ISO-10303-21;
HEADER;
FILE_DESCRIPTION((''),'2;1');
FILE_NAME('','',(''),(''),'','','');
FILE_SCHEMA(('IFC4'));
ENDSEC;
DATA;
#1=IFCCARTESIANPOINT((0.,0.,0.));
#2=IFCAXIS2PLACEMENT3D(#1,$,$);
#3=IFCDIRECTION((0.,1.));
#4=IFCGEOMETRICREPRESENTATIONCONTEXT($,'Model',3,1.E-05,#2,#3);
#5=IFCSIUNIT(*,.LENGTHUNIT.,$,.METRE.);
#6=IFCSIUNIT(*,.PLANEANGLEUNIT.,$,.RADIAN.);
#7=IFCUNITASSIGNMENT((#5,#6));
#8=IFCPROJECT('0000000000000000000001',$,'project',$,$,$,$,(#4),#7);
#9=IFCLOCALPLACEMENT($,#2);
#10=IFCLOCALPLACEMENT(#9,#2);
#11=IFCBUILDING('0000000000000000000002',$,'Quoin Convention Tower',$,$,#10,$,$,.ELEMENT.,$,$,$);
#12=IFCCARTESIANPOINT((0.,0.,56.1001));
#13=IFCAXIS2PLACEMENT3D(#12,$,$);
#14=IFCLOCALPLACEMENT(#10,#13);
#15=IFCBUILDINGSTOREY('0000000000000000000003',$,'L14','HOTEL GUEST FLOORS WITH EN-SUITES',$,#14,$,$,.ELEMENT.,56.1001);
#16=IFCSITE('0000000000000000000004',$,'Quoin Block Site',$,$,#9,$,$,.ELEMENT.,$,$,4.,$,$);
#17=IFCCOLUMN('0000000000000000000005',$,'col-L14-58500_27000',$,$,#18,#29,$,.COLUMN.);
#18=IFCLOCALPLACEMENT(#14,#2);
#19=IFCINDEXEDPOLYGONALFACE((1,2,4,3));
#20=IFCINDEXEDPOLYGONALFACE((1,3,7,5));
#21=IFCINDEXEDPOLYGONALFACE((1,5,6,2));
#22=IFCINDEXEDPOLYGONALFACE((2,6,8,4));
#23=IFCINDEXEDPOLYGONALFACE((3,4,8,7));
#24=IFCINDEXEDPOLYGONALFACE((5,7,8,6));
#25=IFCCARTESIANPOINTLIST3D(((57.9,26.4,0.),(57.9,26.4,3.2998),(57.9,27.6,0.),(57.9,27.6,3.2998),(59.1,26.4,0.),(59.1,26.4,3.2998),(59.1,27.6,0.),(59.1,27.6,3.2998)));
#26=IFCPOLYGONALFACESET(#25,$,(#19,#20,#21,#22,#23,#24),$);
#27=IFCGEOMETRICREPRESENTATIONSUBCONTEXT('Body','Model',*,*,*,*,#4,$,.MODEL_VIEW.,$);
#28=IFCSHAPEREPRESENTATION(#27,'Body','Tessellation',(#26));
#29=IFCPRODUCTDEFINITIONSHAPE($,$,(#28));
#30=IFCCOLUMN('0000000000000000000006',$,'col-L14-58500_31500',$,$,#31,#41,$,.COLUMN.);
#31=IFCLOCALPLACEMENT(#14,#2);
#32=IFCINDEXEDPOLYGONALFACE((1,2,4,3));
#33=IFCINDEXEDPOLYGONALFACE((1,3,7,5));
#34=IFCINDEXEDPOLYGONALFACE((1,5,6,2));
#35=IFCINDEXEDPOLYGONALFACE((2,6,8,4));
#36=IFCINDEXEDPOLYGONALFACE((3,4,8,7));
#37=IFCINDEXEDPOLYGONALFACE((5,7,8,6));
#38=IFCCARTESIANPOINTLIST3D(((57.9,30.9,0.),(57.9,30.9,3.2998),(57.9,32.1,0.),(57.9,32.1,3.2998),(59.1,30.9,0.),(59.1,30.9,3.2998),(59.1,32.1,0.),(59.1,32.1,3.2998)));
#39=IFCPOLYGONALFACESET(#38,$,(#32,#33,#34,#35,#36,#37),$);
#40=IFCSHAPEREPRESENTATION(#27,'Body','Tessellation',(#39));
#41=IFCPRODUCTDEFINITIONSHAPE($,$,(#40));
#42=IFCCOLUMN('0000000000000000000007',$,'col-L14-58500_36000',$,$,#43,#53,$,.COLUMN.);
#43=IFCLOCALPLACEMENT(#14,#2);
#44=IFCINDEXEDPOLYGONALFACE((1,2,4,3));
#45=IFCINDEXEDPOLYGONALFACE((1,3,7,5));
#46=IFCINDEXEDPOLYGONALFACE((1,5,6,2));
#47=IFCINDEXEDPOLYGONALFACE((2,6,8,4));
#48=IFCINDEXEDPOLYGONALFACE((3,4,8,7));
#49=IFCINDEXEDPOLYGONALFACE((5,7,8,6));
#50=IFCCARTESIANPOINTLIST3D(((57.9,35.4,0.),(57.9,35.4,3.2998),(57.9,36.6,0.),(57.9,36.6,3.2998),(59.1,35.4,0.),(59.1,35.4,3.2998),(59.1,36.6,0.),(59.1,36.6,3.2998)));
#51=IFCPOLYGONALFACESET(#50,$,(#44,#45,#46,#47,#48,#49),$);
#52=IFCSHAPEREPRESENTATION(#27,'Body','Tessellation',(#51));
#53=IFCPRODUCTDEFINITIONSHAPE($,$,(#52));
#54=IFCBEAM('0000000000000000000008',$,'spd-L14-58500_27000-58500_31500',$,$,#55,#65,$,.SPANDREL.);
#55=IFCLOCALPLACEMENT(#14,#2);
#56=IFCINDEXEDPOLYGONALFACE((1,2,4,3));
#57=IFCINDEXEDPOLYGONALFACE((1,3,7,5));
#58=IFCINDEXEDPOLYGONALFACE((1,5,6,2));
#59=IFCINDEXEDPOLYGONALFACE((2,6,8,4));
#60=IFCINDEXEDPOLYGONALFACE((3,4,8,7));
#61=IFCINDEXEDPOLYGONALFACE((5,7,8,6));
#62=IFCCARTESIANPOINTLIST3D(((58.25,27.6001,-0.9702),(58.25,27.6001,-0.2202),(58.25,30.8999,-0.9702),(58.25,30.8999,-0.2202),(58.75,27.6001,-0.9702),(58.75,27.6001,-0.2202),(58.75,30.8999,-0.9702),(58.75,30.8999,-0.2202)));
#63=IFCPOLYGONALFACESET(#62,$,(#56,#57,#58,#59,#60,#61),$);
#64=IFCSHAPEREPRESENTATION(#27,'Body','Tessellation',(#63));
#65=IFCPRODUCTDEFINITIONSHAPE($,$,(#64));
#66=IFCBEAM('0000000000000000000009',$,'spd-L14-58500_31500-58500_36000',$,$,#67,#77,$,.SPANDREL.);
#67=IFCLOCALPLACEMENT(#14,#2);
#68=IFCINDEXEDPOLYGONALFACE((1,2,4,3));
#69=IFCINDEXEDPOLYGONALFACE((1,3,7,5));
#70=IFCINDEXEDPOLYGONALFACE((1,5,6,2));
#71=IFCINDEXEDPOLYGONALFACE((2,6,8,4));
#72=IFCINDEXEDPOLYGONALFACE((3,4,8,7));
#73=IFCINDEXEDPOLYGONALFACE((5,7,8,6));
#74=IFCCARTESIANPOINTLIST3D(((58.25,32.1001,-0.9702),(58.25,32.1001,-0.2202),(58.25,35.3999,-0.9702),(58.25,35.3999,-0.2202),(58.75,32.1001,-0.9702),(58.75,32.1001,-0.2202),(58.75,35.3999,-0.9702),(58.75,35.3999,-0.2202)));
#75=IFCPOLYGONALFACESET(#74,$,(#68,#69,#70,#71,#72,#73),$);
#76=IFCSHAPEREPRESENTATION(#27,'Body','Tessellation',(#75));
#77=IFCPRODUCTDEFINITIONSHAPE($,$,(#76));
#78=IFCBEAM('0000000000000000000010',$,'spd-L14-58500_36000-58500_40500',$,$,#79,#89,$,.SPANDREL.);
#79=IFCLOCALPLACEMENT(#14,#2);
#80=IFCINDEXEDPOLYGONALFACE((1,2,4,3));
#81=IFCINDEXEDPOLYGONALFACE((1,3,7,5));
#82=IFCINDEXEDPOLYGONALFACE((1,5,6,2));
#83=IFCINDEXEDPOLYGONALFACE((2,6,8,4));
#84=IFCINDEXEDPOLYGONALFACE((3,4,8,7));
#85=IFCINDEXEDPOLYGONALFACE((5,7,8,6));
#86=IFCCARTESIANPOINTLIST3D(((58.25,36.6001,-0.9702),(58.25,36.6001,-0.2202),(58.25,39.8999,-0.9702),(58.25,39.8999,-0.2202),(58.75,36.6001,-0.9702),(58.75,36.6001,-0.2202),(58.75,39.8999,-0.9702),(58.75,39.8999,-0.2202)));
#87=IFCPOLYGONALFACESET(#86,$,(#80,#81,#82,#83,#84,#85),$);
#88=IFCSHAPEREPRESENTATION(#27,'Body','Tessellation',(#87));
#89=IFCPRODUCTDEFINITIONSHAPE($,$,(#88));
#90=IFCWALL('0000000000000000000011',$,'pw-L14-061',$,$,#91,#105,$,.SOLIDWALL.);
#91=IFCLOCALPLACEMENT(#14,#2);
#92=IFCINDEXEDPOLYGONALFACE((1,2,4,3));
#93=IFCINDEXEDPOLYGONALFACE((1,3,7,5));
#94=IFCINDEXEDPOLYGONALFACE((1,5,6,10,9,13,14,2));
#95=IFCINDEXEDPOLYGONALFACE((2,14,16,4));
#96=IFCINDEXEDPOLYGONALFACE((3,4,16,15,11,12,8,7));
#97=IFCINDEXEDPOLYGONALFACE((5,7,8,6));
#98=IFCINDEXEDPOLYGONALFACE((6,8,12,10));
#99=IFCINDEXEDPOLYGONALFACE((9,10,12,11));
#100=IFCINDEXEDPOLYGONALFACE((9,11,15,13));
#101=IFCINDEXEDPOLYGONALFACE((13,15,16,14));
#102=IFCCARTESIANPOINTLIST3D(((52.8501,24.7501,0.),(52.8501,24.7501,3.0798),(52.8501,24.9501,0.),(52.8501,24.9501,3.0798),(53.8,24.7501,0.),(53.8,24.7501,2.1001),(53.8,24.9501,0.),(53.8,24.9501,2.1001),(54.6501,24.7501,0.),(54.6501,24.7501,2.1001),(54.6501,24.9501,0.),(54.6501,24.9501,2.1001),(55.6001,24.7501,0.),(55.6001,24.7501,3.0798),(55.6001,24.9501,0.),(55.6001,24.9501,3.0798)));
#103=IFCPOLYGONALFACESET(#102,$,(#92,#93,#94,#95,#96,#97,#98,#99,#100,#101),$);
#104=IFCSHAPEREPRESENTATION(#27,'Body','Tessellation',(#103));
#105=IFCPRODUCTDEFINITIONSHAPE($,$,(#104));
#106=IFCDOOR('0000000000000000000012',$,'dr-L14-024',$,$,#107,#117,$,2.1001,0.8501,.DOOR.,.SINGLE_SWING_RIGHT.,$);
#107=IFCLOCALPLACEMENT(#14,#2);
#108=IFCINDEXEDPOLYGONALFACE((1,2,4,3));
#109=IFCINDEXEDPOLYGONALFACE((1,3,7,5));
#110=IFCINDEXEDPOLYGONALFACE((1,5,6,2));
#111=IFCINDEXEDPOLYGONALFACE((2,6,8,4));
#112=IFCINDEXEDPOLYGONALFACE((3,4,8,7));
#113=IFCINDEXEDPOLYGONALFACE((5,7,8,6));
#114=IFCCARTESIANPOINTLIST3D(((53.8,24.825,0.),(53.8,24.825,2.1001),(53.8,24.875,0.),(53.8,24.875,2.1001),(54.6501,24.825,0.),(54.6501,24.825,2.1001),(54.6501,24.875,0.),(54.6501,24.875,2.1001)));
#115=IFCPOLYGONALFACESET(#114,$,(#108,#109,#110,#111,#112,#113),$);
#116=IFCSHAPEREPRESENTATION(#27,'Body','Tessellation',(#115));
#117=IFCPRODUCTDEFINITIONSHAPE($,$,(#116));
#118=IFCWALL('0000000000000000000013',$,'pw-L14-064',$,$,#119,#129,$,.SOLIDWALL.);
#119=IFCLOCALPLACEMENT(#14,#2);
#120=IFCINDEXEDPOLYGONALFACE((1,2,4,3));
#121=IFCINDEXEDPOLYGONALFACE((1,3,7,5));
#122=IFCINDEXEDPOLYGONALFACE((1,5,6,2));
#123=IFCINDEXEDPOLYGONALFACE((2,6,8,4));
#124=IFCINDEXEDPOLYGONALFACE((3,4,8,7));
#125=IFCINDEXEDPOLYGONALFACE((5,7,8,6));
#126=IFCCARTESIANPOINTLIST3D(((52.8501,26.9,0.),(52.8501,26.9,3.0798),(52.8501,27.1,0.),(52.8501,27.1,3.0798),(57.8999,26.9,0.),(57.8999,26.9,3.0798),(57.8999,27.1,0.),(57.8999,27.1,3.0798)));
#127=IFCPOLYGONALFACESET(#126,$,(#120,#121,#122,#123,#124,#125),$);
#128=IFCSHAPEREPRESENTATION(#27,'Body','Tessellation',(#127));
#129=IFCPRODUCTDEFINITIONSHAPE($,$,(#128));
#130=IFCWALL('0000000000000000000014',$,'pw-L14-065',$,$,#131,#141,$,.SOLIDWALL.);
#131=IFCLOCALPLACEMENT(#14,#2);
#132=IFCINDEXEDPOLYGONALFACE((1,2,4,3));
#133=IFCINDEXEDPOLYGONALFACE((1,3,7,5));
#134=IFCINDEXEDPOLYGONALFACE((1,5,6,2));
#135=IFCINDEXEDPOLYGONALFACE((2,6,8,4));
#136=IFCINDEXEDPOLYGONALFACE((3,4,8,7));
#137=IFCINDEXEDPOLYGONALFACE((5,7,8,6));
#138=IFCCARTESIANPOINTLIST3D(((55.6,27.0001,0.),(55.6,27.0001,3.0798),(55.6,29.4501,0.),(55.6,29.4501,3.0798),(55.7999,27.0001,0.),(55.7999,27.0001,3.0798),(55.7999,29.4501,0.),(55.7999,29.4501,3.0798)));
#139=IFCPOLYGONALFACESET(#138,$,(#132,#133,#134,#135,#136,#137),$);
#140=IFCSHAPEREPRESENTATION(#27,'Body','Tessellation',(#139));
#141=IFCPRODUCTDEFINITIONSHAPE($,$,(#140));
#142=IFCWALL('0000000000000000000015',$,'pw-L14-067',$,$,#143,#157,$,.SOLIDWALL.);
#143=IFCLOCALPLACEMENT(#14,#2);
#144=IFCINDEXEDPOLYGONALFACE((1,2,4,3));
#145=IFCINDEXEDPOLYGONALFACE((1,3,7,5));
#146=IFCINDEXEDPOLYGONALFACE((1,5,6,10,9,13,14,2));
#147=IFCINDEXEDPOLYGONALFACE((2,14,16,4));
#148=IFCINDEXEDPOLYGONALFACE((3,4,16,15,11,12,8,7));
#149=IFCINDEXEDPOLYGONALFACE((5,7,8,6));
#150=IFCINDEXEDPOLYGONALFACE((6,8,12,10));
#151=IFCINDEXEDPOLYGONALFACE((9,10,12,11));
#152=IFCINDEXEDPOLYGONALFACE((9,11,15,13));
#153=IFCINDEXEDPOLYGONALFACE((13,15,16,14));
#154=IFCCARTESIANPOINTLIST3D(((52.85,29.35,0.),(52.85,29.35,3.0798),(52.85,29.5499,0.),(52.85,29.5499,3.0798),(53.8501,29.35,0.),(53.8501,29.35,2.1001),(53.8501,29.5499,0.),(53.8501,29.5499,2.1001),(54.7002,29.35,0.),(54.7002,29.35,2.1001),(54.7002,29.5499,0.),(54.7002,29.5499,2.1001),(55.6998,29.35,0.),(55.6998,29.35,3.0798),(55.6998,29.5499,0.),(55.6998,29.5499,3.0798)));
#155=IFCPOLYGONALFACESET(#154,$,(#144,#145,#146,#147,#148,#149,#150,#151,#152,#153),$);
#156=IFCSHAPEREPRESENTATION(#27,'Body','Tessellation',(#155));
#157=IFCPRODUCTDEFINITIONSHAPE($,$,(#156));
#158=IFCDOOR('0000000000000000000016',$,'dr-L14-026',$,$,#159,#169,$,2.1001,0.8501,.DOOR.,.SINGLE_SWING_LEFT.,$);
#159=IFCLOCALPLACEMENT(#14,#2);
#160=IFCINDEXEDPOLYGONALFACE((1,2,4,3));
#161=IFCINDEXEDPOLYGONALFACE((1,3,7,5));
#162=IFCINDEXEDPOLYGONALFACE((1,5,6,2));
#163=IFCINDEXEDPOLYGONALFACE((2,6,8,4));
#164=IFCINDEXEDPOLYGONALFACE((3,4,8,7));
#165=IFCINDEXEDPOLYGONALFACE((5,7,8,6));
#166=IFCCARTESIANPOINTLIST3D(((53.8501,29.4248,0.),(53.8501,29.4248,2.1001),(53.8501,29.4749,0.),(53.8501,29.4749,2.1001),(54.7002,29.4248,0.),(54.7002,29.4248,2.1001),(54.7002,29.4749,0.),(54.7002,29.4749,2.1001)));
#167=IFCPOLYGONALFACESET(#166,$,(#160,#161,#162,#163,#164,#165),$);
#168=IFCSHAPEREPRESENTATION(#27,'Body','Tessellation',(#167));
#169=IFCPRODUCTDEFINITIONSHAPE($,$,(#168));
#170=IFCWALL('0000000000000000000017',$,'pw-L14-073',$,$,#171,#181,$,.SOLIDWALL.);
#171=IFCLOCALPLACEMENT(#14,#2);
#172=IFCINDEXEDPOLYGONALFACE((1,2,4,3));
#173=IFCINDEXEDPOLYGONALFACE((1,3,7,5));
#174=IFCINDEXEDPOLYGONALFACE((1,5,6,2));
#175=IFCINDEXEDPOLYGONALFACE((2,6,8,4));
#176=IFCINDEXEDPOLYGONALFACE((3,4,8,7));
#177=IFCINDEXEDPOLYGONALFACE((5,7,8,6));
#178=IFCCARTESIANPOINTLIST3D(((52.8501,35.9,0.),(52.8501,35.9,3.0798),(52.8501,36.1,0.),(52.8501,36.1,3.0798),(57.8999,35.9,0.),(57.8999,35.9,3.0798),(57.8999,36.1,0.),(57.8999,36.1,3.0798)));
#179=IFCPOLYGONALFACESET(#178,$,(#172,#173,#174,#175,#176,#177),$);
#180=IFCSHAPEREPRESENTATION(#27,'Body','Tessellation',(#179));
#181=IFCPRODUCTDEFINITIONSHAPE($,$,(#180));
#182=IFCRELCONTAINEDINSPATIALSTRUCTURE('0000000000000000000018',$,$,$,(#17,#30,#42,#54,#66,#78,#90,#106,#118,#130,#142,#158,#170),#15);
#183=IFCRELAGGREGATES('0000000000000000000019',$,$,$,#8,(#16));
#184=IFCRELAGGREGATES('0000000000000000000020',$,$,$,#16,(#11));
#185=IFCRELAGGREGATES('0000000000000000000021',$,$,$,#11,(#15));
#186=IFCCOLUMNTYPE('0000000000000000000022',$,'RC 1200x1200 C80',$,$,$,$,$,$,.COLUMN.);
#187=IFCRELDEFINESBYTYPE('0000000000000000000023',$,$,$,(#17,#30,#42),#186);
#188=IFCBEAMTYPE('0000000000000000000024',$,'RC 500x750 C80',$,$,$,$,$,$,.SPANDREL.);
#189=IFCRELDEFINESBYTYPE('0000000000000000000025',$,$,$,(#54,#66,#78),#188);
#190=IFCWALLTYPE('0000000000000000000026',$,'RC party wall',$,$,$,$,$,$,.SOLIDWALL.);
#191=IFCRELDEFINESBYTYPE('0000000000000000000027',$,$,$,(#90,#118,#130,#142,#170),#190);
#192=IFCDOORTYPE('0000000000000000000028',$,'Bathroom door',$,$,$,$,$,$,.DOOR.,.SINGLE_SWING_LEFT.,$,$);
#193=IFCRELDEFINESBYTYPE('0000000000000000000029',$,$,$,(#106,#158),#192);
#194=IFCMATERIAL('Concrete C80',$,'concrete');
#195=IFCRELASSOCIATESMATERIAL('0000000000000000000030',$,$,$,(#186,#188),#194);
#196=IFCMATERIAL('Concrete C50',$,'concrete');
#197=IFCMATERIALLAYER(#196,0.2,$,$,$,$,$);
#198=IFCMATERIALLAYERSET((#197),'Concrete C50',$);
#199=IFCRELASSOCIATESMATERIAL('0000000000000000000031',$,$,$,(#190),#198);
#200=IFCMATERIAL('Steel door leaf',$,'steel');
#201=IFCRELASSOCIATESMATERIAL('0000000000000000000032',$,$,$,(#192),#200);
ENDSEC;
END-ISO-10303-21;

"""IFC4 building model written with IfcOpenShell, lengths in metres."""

from ifc_helpers import new_model, si_unit, direction, frame, frame_2d, origin, origin_2d, place, context, subcontext, project, spatial, rectangle, extrude, material, layer, layer_set, material_profile, profile_set, type_object, element, fill, save


model = new_model("IFC4")

# Units and contexts
model_context = context("Model", 3, precision=1e-05, world=origin(), true_north=direction((0.0, 1.0)))
body_context = subcontext(model_context, "Body", "Model", "MODEL_VIEW")
ifc_project = project(units=[si_unit("LENGTHUNIT", "METRE"), si_unit("PLANEANGLEUNIT", "RADIAN")], contexts=[model_context])

# Site, building, storey
site_placement = place(None, origin())
site = spatial("IfcSite", under=ifc_project, at=site_placement, Name="Quoin Block Site", CompositionType="ELEMENT", RefElevation=4.0)
building_placement = place(site_placement, origin())
building = spatial("IfcBuilding", under=site, at=building_placement, Name="Quoin Convention Tower", CompositionType="ELEMENT")
storey_placement = place(building_placement, frame((0.0, 0.0, 56.1001)))
storey = spatial("IfcBuildingStorey", under=building, at=storey_placement, Name="L14", Description="HOTEL GUEST FLOORS WITH EN-SUITES", CompositionType="ELEMENT", Elevation=56.1001)

# Columns
ifc_material_1 = material(Name="Concrete C80", Category="concrete")
ifc_material_profile_1 = material_profile(ifc_material_1, rectangle(XDim=1.2, YDim=1.2, at=origin_2d()), Name="RC 1200x1200")
ifc_profile_set_1 = profile_set([ifc_material_profile_1], Name="Concrete C80")
column_type = type_object("IfcColumnType", Name="RC 1200x1200 C80", PredefinedType="COLUMN", material=ifc_profile_set_1)
for number, where, z_axis, x_axis, name in (
    (1, (58.5, 27.0, 0.0), (0.0, 0.0, 1.0), (1.0, 0.0, 0.0), "col-L14-58500_27000"),
    (2, (58.5, 31.5, 0.0), (0.0, 0.0, 1.0), (1.0, 0.0, 0.0), "col-L14-58500_31500"),
    (3, (58.5, 36.0, 0.0), (0.0, 0.0, 1.0), (1.0, 0.0, 0.0), "col-L14-58500_36000"),
):
    element("IfcColumn", number, at=place(storey_placement, frame(where, z_axis=z_axis, x_axis=x_axis)), inside=storey, type_object=column_type, Name=name, PredefinedType="COLUMN", context=body_context, shape_type="SweptSolid", body=[
        extrude(rectangle(XDim=1.2, YDim=1.2, at=origin_2d()), origin(), (0.0, 0.0, 1.0), 3.2998),
    ])

# Beams
ifc_material_profile_2 = material_profile(ifc_material_1, rectangle(XDim=0.5, YDim=0.75, at=origin_2d()), Name="RC 500x750")
ifc_profile_set_2 = profile_set([ifc_material_profile_2], Name="Concrete C80")
beam_type = type_object("IfcBeamType", Name="RC 500x750 C80", PredefinedType="SPANDREL", material=ifc_profile_set_2)
for number, where, z_axis, x_axis, name in (
    (4, (58.5, 27.6001, -0.5952), (0.0, 1.0, 0.0), (-1.0, 0.0, 0.0), "spd-L14-58500_27000-58500_31500"),
    (5, (58.5, 32.1001, -0.5952), (0.0, 1.0, 0.0), (-1.0, 0.0, 0.0), "spd-L14-58500_31500-58500_36000"),
    (6, (58.5, 36.6001, -0.5952), (0.0, 1.0, 0.0), (-1.0, 0.0, 0.0), "spd-L14-58500_36000-58500_40500"),
):
    element("IfcBeam", number, at=place(storey_placement, frame(where, z_axis=z_axis, x_axis=x_axis)), inside=storey, type_object=beam_type, Name=name, PredefinedType="SPANDREL", context=body_context, shape_type="SweptSolid", body=[
        extrude(rectangle(XDim=0.5, YDim=0.75, at=origin_2d()), origin(), (0.0, 0.0, 1.0), 3.2998),
    ])

# Wall, opening, door
ifc_material_2 = material(Name="Concrete C50", Category="concrete")
ifc_layer_1 = layer(ifc_material_2, 0.2)
ifc_layer_set_1 = layer_set([ifc_layer_1], Name="Concrete C50")
wall_type_1 = type_object("IfcWallType", Name="RC party wall", PredefinedType="SOLIDWALL", material=ifc_layer_set_1)
wall_1_placement = place(storey_placement, frame((52.8501, 24.8501, 0.0), z_axis=(0.0, 0.0, 1.0), x_axis=(1.0, 0.0, 0.0)))
wall_1 = element("IfcWall", 7, at=wall_1_placement, inside=storey, type_object=wall_type_1, Name="pw-L14-061", PredefinedType="SOLIDWALL", context=body_context, shape_type="SweptSolid", body=[
    extrude(rectangle(XDim=2.75, YDim=0.2, at=frame_2d((1.375, 0.0))), origin(), (0.0, 0.0, 1.0), 3.0798),
])
opening_1_placement = place(wall_1_placement, frame((0.95, 0.0, 0.0)))
opening_1 = element("IfcOpeningElement", 8, at=opening_1_placement, cuts=wall_1, PredefinedType="OPENING", context=body_context, shape_type="SweptSolid", body=[
    extrude(rectangle(XDim=0.8501, YDim=2.1001, at=frame_2d((0.425, 1.05))), frame((0.0, 0.1099, 0.0), z_axis=(0.0, -1.0, 0.0), x_axis=(1.0, 0.0, 0.0)), (0.0, 0.0, 1.0), 0.22),
])
ifc_material_3 = material(Name="Steel door leaf", Category="steel")
door_type_1 = type_object("IfcDoorType", Name="Bathroom door", OperationType="SINGLE_SWING_LEFT", PredefinedType="DOOR", material=ifc_material_3)
door_1_placement = place(opening_1_placement, origin())
door_1 = element("IfcDoor", 9, at=door_1_placement, inside=storey, type_object=door_type_1, Name="dr-L14-024", OperationType="SINGLE_SWING_RIGHT", OverallHeight=2.1001, OverallWidth=0.8501, PredefinedType="DOOR", context=body_context, shape_type="SweptSolid", body=[
    extrude(rectangle(XDim=0.8501, YDim=2.1001, at=frame_2d((0.425, 1.05))), frame((0.0, 0.0249, 0.0), z_axis=(0.0, -1.0, 0.0), x_axis=(1.0, 0.0, 0.0)), (0.0, 0.0, 1.0), 0.05),
])
fill(opening_1, door_1)

# Walls
wall_2_placement = place(storey_placement, frame((52.8501, 27.0, 0.0), z_axis=(0.0, 0.0, 1.0), x_axis=(1.0, 0.0, 0.0)))
element("IfcWall", 10, at=wall_2_placement, inside=storey, type_object=wall_type_1, Name="pw-L14-064", PredefinedType="SOLIDWALL", context=body_context, shape_type="SweptSolid", body=[
    extrude(rectangle(XDim=5.0498, YDim=0.2, at=frame_2d((2.5249, 0.0))), origin(), (0.0, 0.0, 1.0), 3.0798),
])
wall_3_placement = place(storey_placement, frame((55.7, 27.0, 0.0), z_axis=(0.0, 0.0, 1.0), x_axis=(0.0, 1.0, 0.0)))
element("IfcWall", 11, at=wall_3_placement, inside=storey, type_object=wall_type_1, Name="pw-L14-065", PredefinedType="SOLIDWALL", context=body_context, shape_type="SweptSolid", body=[
    extrude(rectangle(XDim=2.45, YDim=0.2, at=frame_2d((1.2251, 0.0))), origin(), (0.0, 0.0, 1.0), 3.0798),
])

# Wall, opening, door
wall_4_placement = place(storey_placement, frame((52.8501, 29.45, 0.0), z_axis=(0.0, 0.0, 1.0), x_axis=(1.0, 0.0, 0.0)))
wall_4 = element("IfcWall", 12, at=wall_4_placement, inside=storey, type_object=wall_type_1, Name="pw-L14-067", PredefinedType="SOLIDWALL", context=body_context, shape_type="SweptSolid", body=[
    extrude(rectangle(XDim=2.8499, YDim=0.2, at=frame_2d((1.4248, 0.0))), origin(), (0.0, 0.0, 1.0), 3.0798),
])
opening_2_placement = place(wall_4_placement, frame((1.0, 0.0, 0.0)))
opening_2 = element("IfcOpeningElement", 13, at=opening_2_placement, cuts=wall_4, PredefinedType="OPENING", context=body_context, shape_type="SweptSolid", body=[
    extrude(rectangle(XDim=0.8501, YDim=2.1001, at=frame_2d((0.425, 1.05))), frame((0.0, 0.1099, 0.0), z_axis=(0.0, -1.0, 0.0), x_axis=(1.0, 0.0, 0.0)), (0.0, 0.0, 1.0), 0.22),
])
door_2_placement = place(opening_2_placement, origin())
door_2 = element("IfcDoor", 14, at=door_2_placement, inside=storey, type_object=door_type_1, Name="dr-L14-026", OperationType="SINGLE_SWING_LEFT", OverallHeight=2.1001, OverallWidth=0.8501, PredefinedType="DOOR", context=body_context, shape_type="SweptSolid", body=[
    extrude(rectangle(XDim=0.8501, YDim=2.1001, at=frame_2d((0.425, 1.05))), frame((0.0, 0.0249, 0.0), z_axis=(0.0, -1.0, 0.0), x_axis=(1.0, 0.0, 0.0)), (0.0, 0.0, 1.0), 0.05),
])
fill(opening_2, door_2)

# Wall
wall_5_placement = place(storey_placement, frame((52.8501, 36.0, 0.0), z_axis=(0.0, 0.0, 1.0), x_axis=(1.0, 0.0, 0.0)))
element("IfcWall", 15, at=wall_5_placement, inside=storey, type_object=wall_type_1, Name="pw-L14-073", PredefinedType="SOLIDWALL", context=body_context, shape_type="SweptSolid", body=[
    extrude(rectangle(XDim=5.0498, YDim=0.2, at=frame_2d((2.5249, 0.0))), origin(), (0.0, 0.0, 1.0), 3.0798),
])

save(model, "model.ifc")
